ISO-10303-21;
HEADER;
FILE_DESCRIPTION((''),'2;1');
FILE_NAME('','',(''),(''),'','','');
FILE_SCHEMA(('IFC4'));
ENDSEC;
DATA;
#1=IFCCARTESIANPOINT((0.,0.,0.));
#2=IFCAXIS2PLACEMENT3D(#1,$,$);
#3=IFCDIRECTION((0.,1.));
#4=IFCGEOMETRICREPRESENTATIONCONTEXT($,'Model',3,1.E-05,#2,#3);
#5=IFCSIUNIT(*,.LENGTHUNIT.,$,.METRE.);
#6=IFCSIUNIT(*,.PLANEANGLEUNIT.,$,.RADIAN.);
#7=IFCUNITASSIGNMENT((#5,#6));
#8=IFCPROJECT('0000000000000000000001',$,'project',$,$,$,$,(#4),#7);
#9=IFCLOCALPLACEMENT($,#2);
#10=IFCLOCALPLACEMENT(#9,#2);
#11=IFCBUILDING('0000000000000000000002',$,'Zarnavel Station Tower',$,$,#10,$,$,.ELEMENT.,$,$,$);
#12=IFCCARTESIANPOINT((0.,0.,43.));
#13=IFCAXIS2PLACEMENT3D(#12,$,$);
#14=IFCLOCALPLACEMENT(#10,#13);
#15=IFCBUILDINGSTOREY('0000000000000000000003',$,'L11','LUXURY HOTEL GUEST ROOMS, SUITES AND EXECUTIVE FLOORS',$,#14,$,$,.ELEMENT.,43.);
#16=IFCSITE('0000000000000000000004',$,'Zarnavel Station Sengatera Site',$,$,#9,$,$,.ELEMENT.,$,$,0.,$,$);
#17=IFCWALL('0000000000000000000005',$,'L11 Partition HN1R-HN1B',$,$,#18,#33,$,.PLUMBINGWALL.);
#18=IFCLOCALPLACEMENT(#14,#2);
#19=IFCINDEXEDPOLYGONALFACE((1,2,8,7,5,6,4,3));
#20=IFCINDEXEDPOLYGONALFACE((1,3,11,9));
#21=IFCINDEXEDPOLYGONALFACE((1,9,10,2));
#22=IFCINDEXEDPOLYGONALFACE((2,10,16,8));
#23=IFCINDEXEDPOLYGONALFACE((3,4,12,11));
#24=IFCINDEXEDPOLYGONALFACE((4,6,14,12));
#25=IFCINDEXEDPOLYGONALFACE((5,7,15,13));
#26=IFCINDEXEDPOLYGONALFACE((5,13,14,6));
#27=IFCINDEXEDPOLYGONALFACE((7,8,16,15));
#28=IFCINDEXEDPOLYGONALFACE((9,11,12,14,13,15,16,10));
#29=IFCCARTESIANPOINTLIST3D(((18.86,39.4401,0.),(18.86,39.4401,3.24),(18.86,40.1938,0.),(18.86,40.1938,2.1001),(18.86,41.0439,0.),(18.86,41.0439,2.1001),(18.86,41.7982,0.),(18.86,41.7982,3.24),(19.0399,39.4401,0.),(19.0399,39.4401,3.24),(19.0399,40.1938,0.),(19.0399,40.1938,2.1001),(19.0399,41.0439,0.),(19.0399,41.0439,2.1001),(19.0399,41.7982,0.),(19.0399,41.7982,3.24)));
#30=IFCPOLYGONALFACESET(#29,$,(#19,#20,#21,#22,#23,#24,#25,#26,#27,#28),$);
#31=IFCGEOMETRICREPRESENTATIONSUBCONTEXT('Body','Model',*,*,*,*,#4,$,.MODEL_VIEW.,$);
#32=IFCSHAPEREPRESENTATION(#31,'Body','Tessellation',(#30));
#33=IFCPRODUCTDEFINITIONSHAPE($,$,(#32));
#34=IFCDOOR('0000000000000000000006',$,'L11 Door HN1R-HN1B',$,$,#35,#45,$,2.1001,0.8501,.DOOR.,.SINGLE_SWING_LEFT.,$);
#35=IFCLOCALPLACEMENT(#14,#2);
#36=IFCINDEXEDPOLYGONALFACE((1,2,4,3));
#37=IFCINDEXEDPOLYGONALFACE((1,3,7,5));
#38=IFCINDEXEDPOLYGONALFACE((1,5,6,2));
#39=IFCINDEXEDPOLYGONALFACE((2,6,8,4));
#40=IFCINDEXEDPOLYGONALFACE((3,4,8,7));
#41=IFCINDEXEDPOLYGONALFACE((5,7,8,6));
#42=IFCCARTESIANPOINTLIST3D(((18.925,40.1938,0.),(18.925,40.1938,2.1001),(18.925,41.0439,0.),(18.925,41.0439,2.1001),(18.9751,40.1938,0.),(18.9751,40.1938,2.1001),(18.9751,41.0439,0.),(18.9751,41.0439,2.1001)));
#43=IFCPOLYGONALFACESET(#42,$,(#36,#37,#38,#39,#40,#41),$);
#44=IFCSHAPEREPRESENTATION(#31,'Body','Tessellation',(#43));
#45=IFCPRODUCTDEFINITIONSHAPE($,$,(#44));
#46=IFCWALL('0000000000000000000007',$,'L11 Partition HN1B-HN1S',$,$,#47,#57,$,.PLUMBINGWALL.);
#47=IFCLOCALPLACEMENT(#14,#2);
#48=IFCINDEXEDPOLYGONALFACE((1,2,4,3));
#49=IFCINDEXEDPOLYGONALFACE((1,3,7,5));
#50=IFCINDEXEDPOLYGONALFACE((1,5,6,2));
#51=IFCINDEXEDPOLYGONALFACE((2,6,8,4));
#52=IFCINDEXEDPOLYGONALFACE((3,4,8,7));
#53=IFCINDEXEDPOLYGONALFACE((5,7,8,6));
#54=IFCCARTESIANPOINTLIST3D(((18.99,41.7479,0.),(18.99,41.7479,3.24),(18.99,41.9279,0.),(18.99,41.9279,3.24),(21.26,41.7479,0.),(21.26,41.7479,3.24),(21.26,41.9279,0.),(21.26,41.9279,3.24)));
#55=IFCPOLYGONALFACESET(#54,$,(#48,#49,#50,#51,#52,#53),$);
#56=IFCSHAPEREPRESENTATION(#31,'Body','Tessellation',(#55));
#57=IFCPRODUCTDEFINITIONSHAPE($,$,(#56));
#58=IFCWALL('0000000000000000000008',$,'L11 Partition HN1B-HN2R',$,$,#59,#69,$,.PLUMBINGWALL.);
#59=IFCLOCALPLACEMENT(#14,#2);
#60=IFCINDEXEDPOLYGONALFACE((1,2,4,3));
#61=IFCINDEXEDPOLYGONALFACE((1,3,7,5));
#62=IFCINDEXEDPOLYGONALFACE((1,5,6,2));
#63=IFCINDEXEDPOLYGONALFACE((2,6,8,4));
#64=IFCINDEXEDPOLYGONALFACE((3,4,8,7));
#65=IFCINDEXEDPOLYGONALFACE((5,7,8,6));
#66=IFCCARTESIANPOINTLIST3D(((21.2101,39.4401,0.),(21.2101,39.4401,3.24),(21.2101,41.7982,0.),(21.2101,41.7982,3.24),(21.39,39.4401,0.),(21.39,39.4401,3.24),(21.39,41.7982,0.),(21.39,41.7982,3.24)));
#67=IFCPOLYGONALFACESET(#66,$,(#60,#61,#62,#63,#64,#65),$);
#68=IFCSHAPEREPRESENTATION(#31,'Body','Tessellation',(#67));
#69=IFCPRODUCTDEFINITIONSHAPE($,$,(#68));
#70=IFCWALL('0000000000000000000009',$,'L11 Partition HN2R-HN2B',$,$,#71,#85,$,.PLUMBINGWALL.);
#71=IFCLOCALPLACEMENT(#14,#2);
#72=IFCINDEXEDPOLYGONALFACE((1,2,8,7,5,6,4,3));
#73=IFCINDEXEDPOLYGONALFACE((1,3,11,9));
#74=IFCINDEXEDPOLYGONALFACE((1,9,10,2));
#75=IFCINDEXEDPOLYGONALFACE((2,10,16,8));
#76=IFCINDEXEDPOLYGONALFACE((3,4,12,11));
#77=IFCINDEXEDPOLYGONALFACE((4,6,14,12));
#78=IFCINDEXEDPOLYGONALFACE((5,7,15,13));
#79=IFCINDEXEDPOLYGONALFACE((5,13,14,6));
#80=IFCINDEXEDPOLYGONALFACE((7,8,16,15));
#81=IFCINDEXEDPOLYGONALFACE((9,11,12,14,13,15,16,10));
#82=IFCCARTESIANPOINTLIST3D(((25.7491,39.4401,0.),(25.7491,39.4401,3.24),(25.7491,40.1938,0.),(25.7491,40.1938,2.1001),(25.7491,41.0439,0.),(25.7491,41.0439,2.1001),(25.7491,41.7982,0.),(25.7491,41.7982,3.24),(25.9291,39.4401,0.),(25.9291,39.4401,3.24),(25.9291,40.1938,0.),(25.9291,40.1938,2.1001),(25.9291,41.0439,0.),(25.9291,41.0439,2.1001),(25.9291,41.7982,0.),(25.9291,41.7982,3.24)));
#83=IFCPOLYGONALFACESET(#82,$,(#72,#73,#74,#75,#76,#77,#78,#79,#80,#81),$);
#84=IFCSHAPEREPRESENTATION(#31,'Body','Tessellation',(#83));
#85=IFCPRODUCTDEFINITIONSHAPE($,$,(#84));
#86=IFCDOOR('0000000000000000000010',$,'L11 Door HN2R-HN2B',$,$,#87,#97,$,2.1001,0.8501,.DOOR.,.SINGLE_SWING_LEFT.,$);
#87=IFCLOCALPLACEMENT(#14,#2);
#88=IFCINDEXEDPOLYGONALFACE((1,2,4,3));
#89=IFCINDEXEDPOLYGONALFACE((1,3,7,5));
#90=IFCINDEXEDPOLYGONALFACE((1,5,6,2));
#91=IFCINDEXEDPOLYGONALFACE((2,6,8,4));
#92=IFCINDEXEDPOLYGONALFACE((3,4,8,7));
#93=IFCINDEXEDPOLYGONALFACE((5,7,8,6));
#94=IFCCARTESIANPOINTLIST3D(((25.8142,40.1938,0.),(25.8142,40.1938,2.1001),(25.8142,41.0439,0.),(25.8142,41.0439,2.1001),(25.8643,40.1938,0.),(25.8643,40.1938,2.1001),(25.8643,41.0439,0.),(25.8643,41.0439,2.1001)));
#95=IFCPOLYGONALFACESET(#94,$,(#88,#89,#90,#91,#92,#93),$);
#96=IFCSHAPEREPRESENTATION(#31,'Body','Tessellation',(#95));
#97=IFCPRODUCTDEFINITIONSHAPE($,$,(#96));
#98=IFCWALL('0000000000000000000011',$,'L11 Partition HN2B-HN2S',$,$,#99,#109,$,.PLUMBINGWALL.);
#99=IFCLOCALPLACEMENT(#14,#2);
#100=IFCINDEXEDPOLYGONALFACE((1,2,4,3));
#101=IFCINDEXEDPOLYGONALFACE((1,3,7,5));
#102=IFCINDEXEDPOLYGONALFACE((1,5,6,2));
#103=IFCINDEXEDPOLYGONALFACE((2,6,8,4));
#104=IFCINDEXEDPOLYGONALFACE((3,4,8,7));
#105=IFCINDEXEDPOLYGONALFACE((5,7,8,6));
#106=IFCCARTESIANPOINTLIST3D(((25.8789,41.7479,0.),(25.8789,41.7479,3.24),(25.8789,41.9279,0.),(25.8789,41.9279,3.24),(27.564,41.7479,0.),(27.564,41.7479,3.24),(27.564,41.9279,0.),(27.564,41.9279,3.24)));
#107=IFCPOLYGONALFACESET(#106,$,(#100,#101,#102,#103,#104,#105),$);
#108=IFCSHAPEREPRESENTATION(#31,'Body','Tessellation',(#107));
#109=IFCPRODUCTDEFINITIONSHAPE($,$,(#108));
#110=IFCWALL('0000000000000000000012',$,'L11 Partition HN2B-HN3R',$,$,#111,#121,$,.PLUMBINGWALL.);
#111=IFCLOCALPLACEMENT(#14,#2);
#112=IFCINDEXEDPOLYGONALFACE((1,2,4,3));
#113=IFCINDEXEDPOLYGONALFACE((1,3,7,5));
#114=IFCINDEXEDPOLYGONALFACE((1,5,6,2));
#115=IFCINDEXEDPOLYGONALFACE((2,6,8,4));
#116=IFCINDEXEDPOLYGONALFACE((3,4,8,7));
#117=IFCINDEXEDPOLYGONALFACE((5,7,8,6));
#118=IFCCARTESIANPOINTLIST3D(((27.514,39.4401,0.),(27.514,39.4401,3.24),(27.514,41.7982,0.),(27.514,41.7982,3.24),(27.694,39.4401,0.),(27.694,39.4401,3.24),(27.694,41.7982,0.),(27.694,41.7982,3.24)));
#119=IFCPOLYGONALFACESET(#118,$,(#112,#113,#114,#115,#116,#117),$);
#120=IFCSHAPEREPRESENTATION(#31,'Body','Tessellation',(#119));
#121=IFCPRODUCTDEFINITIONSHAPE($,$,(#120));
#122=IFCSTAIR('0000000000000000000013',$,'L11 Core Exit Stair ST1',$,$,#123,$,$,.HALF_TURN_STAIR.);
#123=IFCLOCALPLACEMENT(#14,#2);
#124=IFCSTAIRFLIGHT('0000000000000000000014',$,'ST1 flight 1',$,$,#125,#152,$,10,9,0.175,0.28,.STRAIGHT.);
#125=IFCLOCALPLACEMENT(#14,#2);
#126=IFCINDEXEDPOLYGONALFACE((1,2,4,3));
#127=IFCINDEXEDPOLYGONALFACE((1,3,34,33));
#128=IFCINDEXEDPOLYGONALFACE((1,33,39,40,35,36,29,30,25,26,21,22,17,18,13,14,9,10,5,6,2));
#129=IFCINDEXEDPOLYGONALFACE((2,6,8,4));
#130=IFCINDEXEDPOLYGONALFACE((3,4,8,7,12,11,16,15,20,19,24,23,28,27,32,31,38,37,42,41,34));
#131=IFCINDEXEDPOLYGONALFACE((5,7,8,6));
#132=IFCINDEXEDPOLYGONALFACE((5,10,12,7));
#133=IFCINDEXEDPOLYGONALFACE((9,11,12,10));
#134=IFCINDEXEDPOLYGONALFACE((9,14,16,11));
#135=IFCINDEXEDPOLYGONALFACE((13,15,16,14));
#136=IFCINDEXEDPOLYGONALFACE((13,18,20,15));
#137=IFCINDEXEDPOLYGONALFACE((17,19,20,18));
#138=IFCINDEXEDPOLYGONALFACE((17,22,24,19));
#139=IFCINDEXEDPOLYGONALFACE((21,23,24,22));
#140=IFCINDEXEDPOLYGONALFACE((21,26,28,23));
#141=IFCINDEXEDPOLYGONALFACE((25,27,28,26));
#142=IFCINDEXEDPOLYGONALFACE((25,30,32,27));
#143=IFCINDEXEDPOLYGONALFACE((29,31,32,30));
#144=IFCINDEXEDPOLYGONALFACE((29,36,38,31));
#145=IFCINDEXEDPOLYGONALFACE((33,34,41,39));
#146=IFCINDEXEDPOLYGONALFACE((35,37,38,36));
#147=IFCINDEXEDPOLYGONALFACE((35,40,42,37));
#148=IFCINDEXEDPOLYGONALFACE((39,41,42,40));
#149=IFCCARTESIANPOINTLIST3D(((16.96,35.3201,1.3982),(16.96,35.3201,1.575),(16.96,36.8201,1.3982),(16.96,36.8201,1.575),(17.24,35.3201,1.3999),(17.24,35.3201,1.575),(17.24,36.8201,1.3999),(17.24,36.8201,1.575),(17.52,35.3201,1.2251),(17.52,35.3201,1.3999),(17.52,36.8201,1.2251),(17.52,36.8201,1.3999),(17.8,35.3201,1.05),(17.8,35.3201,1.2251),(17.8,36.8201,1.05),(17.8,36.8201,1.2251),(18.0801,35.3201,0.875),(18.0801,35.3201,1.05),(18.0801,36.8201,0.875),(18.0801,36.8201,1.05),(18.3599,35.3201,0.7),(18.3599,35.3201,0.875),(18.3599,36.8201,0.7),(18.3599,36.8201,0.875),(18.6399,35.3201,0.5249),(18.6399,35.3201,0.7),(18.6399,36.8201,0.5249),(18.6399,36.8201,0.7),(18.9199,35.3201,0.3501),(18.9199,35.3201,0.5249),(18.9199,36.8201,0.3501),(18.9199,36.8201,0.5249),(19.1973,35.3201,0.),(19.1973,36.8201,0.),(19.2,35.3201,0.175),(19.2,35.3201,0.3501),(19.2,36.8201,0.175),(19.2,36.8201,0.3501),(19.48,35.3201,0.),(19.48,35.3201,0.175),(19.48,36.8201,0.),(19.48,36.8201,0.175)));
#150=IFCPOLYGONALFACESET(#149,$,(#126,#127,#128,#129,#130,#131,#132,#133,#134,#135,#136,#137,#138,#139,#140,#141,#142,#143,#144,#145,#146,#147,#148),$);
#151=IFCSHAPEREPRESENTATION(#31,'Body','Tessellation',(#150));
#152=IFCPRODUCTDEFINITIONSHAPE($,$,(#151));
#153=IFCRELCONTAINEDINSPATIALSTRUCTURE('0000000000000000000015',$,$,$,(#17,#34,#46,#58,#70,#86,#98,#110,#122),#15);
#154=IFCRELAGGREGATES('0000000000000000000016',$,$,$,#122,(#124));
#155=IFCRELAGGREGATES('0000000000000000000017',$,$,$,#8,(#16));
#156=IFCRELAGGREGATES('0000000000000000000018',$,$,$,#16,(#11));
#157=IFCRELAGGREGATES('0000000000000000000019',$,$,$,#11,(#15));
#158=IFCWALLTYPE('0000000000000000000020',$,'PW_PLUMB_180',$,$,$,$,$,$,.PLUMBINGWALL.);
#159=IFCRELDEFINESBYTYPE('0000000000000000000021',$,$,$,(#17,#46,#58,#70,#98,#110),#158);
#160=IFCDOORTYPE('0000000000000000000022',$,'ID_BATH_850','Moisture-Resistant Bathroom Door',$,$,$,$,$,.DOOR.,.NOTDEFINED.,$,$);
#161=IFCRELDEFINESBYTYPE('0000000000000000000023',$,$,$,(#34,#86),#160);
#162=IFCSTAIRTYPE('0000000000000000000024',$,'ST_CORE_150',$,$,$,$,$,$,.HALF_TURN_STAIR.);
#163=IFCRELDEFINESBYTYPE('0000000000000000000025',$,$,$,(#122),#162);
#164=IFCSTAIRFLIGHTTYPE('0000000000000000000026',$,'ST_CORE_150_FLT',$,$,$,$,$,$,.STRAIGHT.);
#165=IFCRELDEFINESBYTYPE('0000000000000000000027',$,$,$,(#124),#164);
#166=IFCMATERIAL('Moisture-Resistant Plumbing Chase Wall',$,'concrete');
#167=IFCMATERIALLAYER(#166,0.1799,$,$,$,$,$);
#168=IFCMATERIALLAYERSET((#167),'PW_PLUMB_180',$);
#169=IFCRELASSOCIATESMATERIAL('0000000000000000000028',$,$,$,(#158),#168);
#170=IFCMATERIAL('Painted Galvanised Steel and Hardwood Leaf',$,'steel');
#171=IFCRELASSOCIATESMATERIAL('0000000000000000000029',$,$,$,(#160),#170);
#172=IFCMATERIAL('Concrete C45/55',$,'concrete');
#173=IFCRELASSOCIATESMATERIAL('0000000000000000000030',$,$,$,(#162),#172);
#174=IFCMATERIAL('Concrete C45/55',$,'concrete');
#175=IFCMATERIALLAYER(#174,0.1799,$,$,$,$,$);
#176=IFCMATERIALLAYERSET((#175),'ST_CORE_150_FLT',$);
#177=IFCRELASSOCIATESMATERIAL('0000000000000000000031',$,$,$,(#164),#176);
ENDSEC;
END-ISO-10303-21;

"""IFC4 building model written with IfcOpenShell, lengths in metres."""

from ifc_helpers import new_model, si_unit, direction, frame, frame_2d, origin, place, context, subcontext, project, spatial, polyline, rectangle, outline, extrude, material, layer, layer_set, type_object, element, fill, aggregate, save


model = new_model("IFC4")

# Units and contexts
model_context = context("Model", 3, precision=1e-05, world=origin(), true_north=direction((0.0, 1.0)))
body_context = subcontext(model_context, "Body", "Model", "MODEL_VIEW")
ifc_project = project(units=[si_unit("LENGTHUNIT", "METRE"), si_unit("PLANEANGLEUNIT", "RADIAN")], contexts=[model_context])

# Site, building, storey
site_placement = place(None, origin())
site = spatial("IfcSite", under=ifc_project, at=site_placement, Name="Zarnavel Station Sengatera Site", CompositionType="ELEMENT", RefElevation=0.0)
building_placement = place(site_placement, origin())
building = spatial("IfcBuilding", under=site, at=building_placement, Name="Zarnavel Station Tower", CompositionType="ELEMENT")
storey_placement = place(building_placement, frame((0.0, 0.0, 43.0)))
storey = spatial("IfcBuildingStorey", under=building, at=storey_placement, Name="L11", Description="LUXURY HOTEL GUEST ROOMS, SUITES AND EXECUTIVE FLOORS", CompositionType="ELEMENT", Elevation=43.0)

# Shared definitions
ifc_material_1 = material(Name="Moisture-Resistant Plumbing Chase Wall", Category="concrete")
ifc_layer_1 = layer(ifc_material_1, 0.1799)
ifc_layer_set_1 = layer_set([ifc_layer_1], Name="PW_PLUMB_180")
wall_type_1 = type_object("IfcWallType", Name="PW_PLUMB_180", PredefinedType="PLUMBINGWALL", material=ifc_layer_set_1)

# Wall, opening, door
wall_1_placement = place(storey_placement, frame((18.95, 39.4399, 0.0), z_axis=(0.0, 0.0, 1.0), x_axis=(0.0, 1.0, 0.0)))
wall_1 = element("IfcWall", 1, at=wall_1_placement, inside=storey, type_object=wall_type_1, Name="L11 Partition HN1R-HN1B", PredefinedType="PLUMBINGWALL", context=body_context, shape_type="SweptSolid", body=[
    extrude(rectangle(XDim=2.3582, YDim=0.1799, at=frame_2d((1.1792, 0.0))), origin(), (0.0, 0.0, 1.0), 3.24),
])
opening_1_placement = place(wall_1_placement, frame((0.7539, 0.0, 0.0)))
opening_1 = element("IfcOpeningElement", 2, at=opening_1_placement, cuts=wall_1, PredefinedType="OPENING", context=body_context, shape_type="SweptSolid", body=[
    extrude(rectangle(XDim=0.8501, YDim=2.1001, at=frame_2d((0.425, 1.05))), frame((0.0, 0.0999, 0.0), z_axis=(0.0, -1.0, 0.0), x_axis=(1.0, 0.0, 0.0)), (0.0, 0.0, 1.0), 0.2),
])
ifc_material_2 = material(Name="Painted Galvanised Steel and Hardwood Leaf", Category="steel")
door_type_1 = type_object("IfcDoorType", Name="ID_BATH_850", Description="Moisture-Resistant Bathroom Door", OperationType="NOTDEFINED", PredefinedType="DOOR", material=ifc_material_2)
door_1_placement = place(opening_1_placement, origin())
door_1 = element("IfcDoor", 3, at=door_1_placement, inside=storey, type_object=door_type_1, Name="L11 Door HN1R-HN1B", OperationType="SINGLE_SWING_LEFT", OverallHeight=2.1001, OverallWidth=0.8501, PredefinedType="DOOR", context=body_context, shape_type="SweptSolid", body=[
    extrude(rectangle(XDim=0.8501, YDim=2.1001, at=frame_2d((0.425, 1.05))), frame((0.0, 0.0249, 0.0), z_axis=(0.0, -1.0, 0.0), x_axis=(1.0, 0.0, 0.0)), (0.0, 0.0, 1.0), 0.05),
])
fill(opening_1, door_1)

# Walls
wall_2_placement = place(storey_placement, frame((18.99, 41.8379, 0.0), z_axis=(0.0, 0.0, 1.0), x_axis=(1.0, 0.0, 0.0)))
element("IfcWall", 4, at=wall_2_placement, inside=storey, type_object=wall_type_1, Name="L11 Partition HN1B-HN1S", PredefinedType="PLUMBINGWALL", context=body_context, shape_type="SweptSolid", body=[
    extrude(rectangle(XDim=2.27, YDim=0.1799, at=frame_2d((1.135, 0.0))), origin(), (0.0, 0.0, 1.0), 3.24),
])
wall_3_placement = place(storey_placement, frame((21.3, 39.4399, 0.0), z_axis=(0.0, 0.0, 1.0), x_axis=(0.0, 1.0, 0.0)))
element("IfcWall", 5, at=wall_3_placement, inside=storey, type_object=wall_type_1, Name="L11 Partition HN1B-HN2R", PredefinedType="PLUMBINGWALL", context=body_context, shape_type="SweptSolid", body=[
    extrude(rectangle(XDim=2.3582, YDim=0.1799, at=frame_2d((1.1792, 0.0))), origin(), (0.0, 0.0, 1.0), 3.24),
])

# Wall, opening, door
wall_4_placement = place(storey_placement, frame((25.8391, 39.4399, 0.0), z_axis=(0.0, 0.0, 1.0), x_axis=(0.0, 1.0, 0.0)))
wall_4 = element("IfcWall", 6, at=wall_4_placement, inside=storey, type_object=wall_type_1, Name="L11 Partition HN2R-HN2B", PredefinedType="PLUMBINGWALL", context=body_context, shape_type="SweptSolid", body=[
    extrude(rectangle(XDim=2.3582, YDim=0.1799, at=frame_2d((1.1792, 0.0))), origin(), (0.0, 0.0, 1.0), 3.24),
])
opening_2_placement = place(wall_4_placement, frame((0.7539, 0.0, 0.0)))
opening_2 = element("IfcOpeningElement", 7, at=opening_2_placement, cuts=wall_4, PredefinedType="OPENING", context=body_context, shape_type="SweptSolid", body=[
    extrude(rectangle(XDim=0.8501, YDim=2.1001, at=frame_2d((0.425, 1.05))), frame((0.0, 0.0999, 0.0), z_axis=(0.0, -1.0, 0.0), x_axis=(1.0, 0.0, 0.0)), (0.0, 0.0, 1.0), 0.2),
])
door_2_placement = place(opening_2_placement, origin())
door_2 = element("IfcDoor", 8, at=door_2_placement, inside=storey, type_object=door_type_1, Name="L11 Door HN2R-HN2B", OperationType="SINGLE_SWING_LEFT", OverallHeight=2.1001, OverallWidth=0.8501, PredefinedType="DOOR", context=body_context, shape_type="SweptSolid", body=[
    extrude(rectangle(XDim=0.8501, YDim=2.1001, at=frame_2d((0.425, 1.05))), frame((0.0, 0.0249, 0.0), z_axis=(0.0, -1.0, 0.0), x_axis=(1.0, 0.0, 0.0)), (0.0, 0.0, 1.0), 0.05),
])
fill(opening_2, door_2)

# Walls
wall_5_placement = place(storey_placement, frame((25.8789, 41.8379, 0.0), z_axis=(0.0, 0.0, 1.0), x_axis=(1.0, 0.0, 0.0)))
element("IfcWall", 9, at=wall_5_placement, inside=storey, type_object=wall_type_1, Name="L11 Partition HN2B-HN2S", PredefinedType="PLUMBINGWALL", context=body_context, shape_type="SweptSolid", body=[
    extrude(rectangle(XDim=1.6851, YDim=0.1799, at=frame_2d((0.8425, 0.0))), origin(), (0.0, 0.0, 1.0), 3.24),
])
wall_6_placement = place(storey_placement, frame((27.604, 39.4399, 0.0), z_axis=(0.0, 0.0, 1.0), x_axis=(0.0, 1.0, 0.0)))
element("IfcWall", 10, at=wall_6_placement, inside=storey, type_object=wall_type_1, Name="L11 Partition HN2B-HN3R", PredefinedType="PLUMBINGWALL", context=body_context, shape_type="SweptSolid", body=[
    extrude(rectangle(XDim=2.3582, YDim=0.1799, at=frame_2d((1.1792, 0.0))), origin(), (0.0, 0.0, 1.0), 3.24),
])

# Stair, stair flight
ifc_material_3 = material(Name="Concrete C45/55", Category="concrete")
stair_type = type_object("IfcStairType", Name="ST_CORE_150", PredefinedType="HALF_TURN_STAIR", material=ifc_material_3)
stair_placement = place(storey_placement, origin())
stair = element("IfcStair", 11, at=stair_placement, inside=storey, type_object=stair_type, Name="L11 Core Exit Stair ST1", PredefinedType="HALF_TURN_STAIR")
ifc_material_4 = material(Name="Concrete C45/55", Category="concrete")
ifc_layer_2 = layer(ifc_material_4, 0.1799)
ifc_layer_set_2 = layer_set([ifc_layer_2], Name="ST_CORE_150_FLT")
stair_flight_type = type_object("IfcStairFlightType", Name="ST_CORE_150_FLT", PredefinedType="STRAIGHT", material=ifc_layer_set_2)
stair_flight_placement = place(storey_placement, frame((19.48, 36.0701, 0.0), z_axis=(0.0, 0.0, 1.0), x_axis=(-1.0, 0.0, 0.0)))
stair_flight = element("IfcStairFlight", 12, at=stair_flight_placement, type_object=stair_flight_type, Name="ST1 flight 1", NumberOfRisers=10, NumberOfTreads=9, PredefinedType="STRAIGHT", RiserHeight=0.175, TreadLength=0.28, context=body_context, shape_type="SweptSolid", body=[
    extrude(outline(polyline([(0.0, 0.0), (0.0, 0.175), (0.28, 0.175), (0.28, 0.3501), (0.5601, 0.3501), (0.5601, 0.5249), (0.8401, 0.5249), (0.8401, 0.7), (1.1201, 0.7), (1.1201, 0.875), (1.3999, 0.875), (1.3999, 1.05), (1.6799, 1.05), (1.6799, 1.2251), (1.96, 1.2251), (1.96, 1.3999), (2.24, 1.3999), (2.24, 1.575), (2.52, 1.575), (2.52, 1.75), (2.52, 1.3982), (0.2827, 0.0), (0.0, 0.0)])), frame((0.0, 0.75, 0.0), z_axis=(0.0, -1.0, 0.0), x_axis=(1.0, 0.0, 0.0)), (0.0, 0.0, 1.0), 1.5),
])
aggregate(stair, [stair_flight])

save(model, "model.ifc")
